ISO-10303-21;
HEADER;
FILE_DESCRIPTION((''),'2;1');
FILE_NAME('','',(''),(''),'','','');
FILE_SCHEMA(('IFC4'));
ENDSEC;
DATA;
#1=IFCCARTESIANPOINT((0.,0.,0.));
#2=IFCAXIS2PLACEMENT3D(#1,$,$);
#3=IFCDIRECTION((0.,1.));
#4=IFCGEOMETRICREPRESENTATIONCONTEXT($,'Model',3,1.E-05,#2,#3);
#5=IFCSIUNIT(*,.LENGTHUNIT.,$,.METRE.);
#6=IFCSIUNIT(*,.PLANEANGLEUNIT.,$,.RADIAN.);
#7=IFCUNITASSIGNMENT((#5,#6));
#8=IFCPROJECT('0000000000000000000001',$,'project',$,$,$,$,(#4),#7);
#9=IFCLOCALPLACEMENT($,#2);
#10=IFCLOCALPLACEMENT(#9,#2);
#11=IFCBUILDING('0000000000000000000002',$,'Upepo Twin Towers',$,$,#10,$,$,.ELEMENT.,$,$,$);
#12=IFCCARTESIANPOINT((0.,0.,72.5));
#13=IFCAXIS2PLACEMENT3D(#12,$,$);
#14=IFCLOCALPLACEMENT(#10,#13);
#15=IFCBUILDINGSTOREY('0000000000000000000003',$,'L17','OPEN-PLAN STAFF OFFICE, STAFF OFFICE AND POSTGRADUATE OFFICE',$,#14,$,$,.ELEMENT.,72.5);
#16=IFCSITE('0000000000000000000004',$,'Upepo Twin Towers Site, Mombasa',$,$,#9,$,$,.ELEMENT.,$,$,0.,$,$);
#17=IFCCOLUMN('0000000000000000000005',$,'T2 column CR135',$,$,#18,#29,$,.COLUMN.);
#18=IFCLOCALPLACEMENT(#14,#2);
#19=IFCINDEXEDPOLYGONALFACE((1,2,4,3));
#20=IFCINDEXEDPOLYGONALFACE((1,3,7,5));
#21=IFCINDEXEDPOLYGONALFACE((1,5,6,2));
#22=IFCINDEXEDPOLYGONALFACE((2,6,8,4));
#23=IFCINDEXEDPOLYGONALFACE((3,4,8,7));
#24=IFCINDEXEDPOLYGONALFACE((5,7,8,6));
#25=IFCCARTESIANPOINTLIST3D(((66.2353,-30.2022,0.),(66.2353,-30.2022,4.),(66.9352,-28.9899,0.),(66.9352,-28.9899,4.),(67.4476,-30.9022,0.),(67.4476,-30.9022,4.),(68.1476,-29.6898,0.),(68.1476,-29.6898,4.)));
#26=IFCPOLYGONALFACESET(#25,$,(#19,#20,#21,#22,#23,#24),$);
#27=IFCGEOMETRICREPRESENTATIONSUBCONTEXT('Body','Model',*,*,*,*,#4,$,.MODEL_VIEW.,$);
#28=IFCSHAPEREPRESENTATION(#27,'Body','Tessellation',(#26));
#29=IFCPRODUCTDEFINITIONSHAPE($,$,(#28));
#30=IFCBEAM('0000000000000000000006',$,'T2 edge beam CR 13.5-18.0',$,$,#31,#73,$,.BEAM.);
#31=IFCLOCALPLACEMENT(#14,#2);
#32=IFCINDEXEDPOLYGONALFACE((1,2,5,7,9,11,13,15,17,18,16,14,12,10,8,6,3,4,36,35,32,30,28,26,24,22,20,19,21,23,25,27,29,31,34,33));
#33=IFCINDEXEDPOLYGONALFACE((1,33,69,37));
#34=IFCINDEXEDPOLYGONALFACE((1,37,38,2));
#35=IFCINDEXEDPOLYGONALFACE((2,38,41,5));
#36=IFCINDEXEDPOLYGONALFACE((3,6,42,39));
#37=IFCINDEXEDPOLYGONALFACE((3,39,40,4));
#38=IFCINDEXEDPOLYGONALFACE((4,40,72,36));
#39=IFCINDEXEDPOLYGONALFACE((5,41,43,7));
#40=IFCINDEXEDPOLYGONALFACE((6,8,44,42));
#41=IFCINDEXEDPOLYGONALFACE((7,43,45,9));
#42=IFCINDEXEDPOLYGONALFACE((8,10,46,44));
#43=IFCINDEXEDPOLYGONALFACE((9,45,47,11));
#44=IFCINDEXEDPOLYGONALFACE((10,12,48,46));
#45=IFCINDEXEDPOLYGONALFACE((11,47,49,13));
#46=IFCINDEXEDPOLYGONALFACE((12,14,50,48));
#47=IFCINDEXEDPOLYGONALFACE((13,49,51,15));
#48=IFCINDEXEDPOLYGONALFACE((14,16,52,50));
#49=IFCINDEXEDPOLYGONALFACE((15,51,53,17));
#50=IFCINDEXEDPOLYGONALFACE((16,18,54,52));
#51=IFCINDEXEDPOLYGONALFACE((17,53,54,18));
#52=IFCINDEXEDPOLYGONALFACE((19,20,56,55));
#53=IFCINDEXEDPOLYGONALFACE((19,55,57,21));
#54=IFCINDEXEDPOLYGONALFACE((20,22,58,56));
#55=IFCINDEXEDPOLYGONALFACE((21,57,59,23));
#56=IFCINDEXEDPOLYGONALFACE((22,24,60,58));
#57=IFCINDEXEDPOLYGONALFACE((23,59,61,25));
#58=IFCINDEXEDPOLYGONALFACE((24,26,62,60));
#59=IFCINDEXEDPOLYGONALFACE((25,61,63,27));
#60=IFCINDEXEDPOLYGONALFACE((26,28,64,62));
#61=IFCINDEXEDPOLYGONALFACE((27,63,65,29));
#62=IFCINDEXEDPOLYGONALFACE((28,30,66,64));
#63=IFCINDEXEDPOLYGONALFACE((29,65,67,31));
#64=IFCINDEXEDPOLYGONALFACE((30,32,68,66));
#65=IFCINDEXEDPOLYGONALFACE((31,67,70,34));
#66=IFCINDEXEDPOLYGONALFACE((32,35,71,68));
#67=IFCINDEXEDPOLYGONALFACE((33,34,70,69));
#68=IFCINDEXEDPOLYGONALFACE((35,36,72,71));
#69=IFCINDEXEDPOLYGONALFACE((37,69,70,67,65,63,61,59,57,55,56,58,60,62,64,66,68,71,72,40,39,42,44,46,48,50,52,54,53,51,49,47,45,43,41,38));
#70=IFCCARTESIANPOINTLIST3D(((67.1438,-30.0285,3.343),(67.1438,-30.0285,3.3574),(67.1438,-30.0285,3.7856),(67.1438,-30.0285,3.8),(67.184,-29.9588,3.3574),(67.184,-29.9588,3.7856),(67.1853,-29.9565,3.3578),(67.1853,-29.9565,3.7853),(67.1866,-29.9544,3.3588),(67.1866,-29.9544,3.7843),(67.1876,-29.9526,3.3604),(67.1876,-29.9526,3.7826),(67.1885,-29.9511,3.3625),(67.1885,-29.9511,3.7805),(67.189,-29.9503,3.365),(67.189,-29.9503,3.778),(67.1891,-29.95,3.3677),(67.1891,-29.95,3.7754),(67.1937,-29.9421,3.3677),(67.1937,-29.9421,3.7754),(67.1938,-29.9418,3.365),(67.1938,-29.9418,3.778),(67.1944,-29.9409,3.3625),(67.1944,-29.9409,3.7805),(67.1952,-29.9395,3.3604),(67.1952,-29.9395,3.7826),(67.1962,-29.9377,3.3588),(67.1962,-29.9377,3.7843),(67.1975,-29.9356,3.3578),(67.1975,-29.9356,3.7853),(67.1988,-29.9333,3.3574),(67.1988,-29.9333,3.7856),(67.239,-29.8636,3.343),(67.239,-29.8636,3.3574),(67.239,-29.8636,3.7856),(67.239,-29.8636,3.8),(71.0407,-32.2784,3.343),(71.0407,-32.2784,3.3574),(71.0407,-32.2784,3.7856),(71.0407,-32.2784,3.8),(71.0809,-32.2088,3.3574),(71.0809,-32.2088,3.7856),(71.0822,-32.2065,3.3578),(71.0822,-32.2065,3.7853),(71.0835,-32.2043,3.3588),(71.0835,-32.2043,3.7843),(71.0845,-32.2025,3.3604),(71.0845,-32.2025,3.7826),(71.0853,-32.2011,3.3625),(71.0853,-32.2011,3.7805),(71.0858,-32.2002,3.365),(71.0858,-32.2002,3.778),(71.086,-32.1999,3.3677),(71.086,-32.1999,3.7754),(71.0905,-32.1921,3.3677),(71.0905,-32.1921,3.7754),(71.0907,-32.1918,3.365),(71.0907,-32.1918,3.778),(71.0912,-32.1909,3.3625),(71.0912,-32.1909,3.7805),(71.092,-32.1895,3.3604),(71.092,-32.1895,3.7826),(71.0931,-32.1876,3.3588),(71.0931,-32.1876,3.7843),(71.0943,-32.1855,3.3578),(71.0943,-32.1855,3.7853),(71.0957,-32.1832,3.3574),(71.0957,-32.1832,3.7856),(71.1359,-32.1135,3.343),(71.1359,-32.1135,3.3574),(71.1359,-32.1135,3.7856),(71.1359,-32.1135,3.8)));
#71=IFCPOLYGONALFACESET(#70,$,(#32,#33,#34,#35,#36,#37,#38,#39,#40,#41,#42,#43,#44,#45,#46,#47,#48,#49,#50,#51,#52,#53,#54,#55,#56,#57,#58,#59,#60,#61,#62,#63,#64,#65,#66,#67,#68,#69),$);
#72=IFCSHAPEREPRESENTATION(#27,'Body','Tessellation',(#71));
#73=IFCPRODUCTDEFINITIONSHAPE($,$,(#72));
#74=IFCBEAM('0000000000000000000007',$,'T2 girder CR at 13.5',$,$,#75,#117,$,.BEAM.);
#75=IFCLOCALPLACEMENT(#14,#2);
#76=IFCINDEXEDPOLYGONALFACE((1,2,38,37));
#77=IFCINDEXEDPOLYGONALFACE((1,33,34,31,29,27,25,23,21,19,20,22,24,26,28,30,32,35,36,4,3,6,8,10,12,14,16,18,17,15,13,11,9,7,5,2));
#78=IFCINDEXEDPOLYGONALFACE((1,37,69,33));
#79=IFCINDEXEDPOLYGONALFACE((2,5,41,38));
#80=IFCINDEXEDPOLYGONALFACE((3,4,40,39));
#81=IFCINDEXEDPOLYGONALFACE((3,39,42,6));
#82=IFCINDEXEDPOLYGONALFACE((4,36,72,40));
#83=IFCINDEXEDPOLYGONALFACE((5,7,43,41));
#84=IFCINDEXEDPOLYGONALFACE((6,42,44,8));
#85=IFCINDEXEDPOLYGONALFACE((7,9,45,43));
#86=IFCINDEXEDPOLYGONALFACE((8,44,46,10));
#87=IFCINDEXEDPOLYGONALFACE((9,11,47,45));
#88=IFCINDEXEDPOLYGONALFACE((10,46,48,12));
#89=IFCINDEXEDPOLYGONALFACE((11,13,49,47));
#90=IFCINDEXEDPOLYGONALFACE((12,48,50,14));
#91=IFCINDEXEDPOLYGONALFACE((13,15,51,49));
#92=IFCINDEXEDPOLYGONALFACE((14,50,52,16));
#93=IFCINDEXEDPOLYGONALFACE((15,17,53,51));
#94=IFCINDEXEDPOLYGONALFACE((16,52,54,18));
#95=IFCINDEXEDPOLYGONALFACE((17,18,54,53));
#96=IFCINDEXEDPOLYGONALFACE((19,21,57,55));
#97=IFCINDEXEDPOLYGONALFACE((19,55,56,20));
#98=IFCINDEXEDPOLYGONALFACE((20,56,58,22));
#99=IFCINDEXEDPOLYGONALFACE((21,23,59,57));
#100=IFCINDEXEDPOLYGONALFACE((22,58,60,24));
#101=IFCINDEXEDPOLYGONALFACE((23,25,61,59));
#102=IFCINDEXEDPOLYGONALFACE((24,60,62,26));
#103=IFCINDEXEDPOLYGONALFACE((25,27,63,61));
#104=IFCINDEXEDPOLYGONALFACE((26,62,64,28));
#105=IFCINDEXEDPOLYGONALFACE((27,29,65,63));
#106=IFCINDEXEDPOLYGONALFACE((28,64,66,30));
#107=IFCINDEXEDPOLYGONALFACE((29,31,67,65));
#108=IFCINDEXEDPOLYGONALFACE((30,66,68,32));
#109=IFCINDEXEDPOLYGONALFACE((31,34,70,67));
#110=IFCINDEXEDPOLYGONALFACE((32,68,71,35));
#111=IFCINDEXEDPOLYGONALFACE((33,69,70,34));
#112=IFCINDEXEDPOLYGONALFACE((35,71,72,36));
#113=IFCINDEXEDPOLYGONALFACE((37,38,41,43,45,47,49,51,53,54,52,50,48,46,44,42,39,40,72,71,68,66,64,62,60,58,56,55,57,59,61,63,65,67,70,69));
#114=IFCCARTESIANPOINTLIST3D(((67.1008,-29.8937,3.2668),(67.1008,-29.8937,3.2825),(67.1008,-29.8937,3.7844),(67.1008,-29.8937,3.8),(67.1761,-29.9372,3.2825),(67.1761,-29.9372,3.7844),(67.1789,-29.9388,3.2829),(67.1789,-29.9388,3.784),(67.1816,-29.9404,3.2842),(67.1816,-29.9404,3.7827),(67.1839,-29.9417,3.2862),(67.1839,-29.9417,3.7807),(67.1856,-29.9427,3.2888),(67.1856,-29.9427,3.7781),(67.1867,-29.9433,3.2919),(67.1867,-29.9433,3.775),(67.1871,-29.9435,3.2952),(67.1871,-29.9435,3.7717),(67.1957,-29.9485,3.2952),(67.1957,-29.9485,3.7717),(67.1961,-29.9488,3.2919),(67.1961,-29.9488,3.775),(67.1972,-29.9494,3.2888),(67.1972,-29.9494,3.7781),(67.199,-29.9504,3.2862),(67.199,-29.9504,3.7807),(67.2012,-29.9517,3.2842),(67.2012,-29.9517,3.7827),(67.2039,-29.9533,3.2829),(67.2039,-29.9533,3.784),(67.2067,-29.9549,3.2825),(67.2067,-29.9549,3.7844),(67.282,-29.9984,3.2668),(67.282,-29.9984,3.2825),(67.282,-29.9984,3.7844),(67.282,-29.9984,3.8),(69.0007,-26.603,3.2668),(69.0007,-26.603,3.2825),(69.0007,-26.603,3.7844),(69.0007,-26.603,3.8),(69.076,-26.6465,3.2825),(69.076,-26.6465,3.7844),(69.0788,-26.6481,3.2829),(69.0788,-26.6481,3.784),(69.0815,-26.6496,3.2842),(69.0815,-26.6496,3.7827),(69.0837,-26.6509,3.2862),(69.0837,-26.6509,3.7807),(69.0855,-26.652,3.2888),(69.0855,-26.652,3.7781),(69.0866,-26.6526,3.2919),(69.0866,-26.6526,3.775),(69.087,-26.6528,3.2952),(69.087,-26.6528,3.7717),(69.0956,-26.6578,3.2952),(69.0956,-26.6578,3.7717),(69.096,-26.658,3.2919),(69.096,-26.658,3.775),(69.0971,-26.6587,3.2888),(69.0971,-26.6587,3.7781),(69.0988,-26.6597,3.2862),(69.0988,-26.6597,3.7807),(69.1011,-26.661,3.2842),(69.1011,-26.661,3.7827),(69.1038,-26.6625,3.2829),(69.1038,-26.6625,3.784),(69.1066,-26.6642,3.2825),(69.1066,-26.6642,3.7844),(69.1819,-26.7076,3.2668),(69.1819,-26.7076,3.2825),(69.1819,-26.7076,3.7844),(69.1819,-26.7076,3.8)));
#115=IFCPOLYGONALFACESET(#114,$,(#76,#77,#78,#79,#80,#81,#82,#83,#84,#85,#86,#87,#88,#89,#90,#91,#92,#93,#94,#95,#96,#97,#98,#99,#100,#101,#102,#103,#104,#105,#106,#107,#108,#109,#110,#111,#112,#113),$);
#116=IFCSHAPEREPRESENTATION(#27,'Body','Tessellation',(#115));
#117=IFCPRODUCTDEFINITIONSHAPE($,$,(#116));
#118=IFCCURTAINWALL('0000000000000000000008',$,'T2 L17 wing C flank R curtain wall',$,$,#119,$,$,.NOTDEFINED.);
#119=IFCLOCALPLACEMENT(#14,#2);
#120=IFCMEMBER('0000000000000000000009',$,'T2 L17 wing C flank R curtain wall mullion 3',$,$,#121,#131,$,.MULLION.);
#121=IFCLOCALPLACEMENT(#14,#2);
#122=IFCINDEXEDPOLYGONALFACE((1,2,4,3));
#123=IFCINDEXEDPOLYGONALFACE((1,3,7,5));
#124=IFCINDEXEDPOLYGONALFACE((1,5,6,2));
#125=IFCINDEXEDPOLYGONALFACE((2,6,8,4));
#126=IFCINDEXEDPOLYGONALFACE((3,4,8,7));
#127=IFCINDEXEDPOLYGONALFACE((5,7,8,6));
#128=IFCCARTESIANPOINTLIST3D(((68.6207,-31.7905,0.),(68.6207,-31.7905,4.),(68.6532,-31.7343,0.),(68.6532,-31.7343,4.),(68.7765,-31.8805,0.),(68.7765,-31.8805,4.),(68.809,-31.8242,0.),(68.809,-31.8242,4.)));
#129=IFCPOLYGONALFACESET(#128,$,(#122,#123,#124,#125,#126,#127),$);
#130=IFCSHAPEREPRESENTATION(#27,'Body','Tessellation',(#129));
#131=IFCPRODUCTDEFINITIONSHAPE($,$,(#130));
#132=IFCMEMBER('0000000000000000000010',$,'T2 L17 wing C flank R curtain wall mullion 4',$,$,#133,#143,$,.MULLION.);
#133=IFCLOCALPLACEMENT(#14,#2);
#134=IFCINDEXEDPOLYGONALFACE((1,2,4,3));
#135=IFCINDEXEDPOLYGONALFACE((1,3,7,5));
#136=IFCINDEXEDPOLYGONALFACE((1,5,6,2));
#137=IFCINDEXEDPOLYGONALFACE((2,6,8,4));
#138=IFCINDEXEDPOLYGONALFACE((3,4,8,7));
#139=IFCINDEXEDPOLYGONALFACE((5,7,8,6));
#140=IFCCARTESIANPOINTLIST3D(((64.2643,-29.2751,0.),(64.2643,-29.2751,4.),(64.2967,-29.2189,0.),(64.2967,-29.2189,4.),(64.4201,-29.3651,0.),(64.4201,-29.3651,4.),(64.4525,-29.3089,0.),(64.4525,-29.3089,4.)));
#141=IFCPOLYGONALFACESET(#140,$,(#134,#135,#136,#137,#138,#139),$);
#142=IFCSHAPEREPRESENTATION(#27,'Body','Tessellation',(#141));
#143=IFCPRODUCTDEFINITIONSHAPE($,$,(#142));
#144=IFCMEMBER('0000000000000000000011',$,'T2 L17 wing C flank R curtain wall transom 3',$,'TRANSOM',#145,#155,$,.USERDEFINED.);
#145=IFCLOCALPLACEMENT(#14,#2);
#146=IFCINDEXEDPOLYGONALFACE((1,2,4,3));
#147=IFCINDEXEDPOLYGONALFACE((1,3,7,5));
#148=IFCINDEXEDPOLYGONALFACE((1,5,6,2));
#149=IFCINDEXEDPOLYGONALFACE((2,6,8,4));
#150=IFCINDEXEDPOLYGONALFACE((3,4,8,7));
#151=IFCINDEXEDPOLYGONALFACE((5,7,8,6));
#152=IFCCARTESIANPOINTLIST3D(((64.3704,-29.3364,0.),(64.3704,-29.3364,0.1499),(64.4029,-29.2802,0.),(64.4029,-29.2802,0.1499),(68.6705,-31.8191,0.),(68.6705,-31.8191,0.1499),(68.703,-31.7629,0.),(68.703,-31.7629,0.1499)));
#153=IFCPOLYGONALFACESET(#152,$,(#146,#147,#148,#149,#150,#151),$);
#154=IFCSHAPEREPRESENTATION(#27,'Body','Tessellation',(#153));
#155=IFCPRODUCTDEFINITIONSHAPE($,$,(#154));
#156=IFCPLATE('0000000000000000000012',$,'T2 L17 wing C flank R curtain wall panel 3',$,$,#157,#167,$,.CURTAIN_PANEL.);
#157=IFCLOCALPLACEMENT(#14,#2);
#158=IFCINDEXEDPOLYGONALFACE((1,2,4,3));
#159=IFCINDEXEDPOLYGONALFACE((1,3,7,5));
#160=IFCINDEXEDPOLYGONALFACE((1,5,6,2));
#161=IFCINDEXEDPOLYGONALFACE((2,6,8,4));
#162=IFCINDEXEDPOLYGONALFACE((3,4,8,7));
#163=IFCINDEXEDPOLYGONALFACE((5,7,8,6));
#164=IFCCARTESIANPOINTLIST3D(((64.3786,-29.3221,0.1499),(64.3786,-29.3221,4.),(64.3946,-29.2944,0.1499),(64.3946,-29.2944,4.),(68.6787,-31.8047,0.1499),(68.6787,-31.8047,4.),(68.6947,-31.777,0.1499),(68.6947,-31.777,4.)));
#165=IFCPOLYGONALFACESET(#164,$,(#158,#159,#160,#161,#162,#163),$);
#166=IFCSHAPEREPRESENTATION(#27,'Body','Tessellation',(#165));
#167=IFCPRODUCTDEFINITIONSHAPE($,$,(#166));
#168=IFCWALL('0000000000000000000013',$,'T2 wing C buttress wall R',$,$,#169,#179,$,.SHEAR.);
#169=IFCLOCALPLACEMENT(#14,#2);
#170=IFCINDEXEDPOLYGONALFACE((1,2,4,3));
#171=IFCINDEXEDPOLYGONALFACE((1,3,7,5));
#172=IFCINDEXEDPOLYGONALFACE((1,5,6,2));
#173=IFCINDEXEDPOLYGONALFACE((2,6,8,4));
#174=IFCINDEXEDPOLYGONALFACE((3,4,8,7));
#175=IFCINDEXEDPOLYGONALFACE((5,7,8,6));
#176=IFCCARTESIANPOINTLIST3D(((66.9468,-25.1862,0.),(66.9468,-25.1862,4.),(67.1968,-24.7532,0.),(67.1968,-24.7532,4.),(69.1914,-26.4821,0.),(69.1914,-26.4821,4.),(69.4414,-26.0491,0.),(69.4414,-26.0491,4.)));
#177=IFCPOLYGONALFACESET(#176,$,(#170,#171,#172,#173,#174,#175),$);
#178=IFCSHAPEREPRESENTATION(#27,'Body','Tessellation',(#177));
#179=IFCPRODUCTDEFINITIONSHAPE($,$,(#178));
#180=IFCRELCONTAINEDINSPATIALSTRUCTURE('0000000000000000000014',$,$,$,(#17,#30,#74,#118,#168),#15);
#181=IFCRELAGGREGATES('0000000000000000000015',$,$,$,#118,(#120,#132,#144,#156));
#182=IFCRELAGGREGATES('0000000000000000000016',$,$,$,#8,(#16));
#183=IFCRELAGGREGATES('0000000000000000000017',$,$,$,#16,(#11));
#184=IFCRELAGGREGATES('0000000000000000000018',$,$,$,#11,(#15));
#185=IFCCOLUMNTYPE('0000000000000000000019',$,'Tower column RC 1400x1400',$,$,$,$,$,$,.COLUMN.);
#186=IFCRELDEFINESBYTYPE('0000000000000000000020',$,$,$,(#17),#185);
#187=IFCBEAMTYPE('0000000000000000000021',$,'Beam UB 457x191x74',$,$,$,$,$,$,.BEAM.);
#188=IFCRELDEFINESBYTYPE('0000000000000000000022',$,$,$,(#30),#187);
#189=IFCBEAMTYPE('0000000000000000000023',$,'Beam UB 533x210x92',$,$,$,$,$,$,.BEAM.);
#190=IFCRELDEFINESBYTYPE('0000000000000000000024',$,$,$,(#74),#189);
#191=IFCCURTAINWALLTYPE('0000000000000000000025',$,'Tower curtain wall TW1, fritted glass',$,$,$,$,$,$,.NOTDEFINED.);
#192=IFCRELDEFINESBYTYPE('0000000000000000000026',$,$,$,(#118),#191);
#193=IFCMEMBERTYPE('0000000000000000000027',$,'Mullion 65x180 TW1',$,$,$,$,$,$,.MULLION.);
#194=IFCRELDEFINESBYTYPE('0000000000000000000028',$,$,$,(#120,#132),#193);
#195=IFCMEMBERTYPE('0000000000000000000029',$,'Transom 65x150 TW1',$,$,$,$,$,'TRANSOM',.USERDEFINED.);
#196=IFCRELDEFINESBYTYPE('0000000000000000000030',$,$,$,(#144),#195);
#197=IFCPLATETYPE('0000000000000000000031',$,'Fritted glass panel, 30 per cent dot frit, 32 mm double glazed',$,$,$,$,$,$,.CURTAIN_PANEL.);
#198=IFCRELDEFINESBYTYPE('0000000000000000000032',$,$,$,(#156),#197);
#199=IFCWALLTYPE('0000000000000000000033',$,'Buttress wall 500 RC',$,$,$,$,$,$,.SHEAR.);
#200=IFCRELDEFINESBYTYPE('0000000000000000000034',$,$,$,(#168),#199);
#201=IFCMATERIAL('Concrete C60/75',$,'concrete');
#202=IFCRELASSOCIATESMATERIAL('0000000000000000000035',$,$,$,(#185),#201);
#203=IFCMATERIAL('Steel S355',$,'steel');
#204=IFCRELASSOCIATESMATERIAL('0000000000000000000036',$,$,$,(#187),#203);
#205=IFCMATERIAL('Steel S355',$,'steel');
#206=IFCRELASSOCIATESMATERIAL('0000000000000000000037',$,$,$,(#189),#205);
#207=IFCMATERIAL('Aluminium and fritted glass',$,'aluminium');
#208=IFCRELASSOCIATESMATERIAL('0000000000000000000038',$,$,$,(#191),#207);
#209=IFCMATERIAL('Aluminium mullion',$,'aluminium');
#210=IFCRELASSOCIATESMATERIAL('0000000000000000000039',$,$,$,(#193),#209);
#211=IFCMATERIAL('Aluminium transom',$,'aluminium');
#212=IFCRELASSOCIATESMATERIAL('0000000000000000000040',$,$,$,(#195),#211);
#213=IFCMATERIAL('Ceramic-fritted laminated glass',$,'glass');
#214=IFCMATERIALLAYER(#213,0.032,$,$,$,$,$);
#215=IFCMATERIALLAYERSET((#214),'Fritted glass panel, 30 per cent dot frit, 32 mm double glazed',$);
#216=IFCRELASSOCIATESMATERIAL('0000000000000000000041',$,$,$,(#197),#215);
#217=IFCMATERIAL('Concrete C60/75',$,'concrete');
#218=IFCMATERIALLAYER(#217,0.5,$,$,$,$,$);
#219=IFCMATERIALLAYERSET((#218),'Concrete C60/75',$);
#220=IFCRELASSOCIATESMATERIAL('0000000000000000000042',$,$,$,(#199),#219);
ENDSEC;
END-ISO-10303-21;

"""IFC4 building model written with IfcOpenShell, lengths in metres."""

from ifc_helpers import new_model, si_unit, direction, frame, frame_2d, origin, origin_2d, place, context, subcontext, project, spatial, rectangle, i_section, extrude, material, layer, layer_set, material_profile, profile_set, type_object, element, aggregate, save


model = new_model("IFC4")

# Units and contexts
model_context = context("Model", 3, precision=1e-05, world=origin(), true_north=direction((0.0, 1.0)))
body_context = subcontext(model_context, "Body", "Model", "MODEL_VIEW")
ifc_project = project(units=[si_unit("LENGTHUNIT", "METRE"), si_unit("PLANEANGLEUNIT", "RADIAN")], contexts=[model_context])

# Site, building, storey
site_placement = place(None, origin())
site = spatial("IfcSite", under=ifc_project, at=site_placement, Name="Upepo Twin Towers Site, Mombasa", CompositionType="ELEMENT", RefElevation=0.0)
building_placement = place(site_placement, origin())
building = spatial("IfcBuilding", under=site, at=building_placement, Name="Upepo Twin Towers", CompositionType="ELEMENT")
storey_placement = place(building_placement, frame((0.0, 0.0, 72.5)))
storey = spatial("IfcBuildingStorey", under=building, at=storey_placement, Name="L17", Description="OPEN-PLAN STAFF OFFICE, STAFF OFFICE AND POSTGRADUATE OFFICE", CompositionType="ELEMENT", Elevation=72.5)

# Column
ifc_material_1 = material(Name="Concrete C60/75", Category="concrete")
ifc_material_profile_1 = material_profile(ifc_material_1, rectangle(XDim=1.3999, YDim=1.3999, at=origin_2d()), Name="RC 1400x1400")
ifc_profile_set_1 = profile_set([ifc_material_profile_1], Name="Concrete C60/75")
column_type = type_object("IfcColumnType", Name="Tower column RC 1400x1400", PredefinedType="COLUMN", material=ifc_profile_set_1)
column_placement = place(storey_placement, frame((67.1914, -29.946, 0.0), z_axis=(0.0, 0.0, 1.0), x_axis=(0.5, 0.866025, 0.0)))
element("IfcColumn", 1, at=column_placement, inside=storey, type_object=column_type, Name="T2 column CR135", PredefinedType="COLUMN", context=body_context, shape_type="SweptSolid", body=[
    extrude(rectangle(XDim=1.3999, YDim=1.3999, at=origin_2d()), origin(), (0.0, 0.0, 1.0), 4.0),
])

# Beams
ifc_material_2 = material(Name="Steel S355", Category="steel")
ifc_material_profile_2 = material_profile(ifc_material_2, i_section(OverallWidth=0.1904, OverallDepth=0.457, WebThickness=0.009, FlangeThickness=0.0144, FilletRadius=0.0103, at=origin_2d()), Name="UB 457x191x74")
ifc_profile_set_2 = profile_set([ifc_material_profile_2], Name="Steel S355")
beam_type_1 = type_object("IfcBeamType", Name="Beam UB 457x191x74", PredefinedType="BEAM", material=ifc_profile_set_2)
beam_1_placement = place(storey_placement, frame((67.1914, -29.946, 3.5715), z_axis=(0.866018, -0.500014, 0.0), x_axis=(0.500014, 0.866018, 0.0)))
element("IfcBeam", 2, at=beam_1_placement, inside=storey, type_object=beam_type_1, Name="T2 edge beam CR 13.5-18.0", PredefinedType="BEAM", context=body_context, shape_type="SweptSolid", body=[
    extrude(i_section(OverallWidth=0.1904, OverallDepth=0.457, WebThickness=0.009, FlangeThickness=0.0144, FilletRadius=0.0103, at=origin_2d()), origin(), (0.0, 0.0, 1.0), 4.4998),
])
ifc_material_3 = material(Name="Steel S355", Category="steel")
ifc_material_profile_3 = material_profile(ifc_material_3, i_section(OverallWidth=0.2092, OverallDepth=0.5332, WebThickness=0.01, FlangeThickness=0.0156, FilletRadius=0.0127, at=origin_2d()), Name="UB 533x210x92")
ifc_profile_set_3 = profile_set([ifc_material_profile_3], Name="Steel S355")
beam_type_2 = type_object("IfcBeamType", Name="Beam UB 533x210x92", PredefinedType="BEAM", material=ifc_profile_set_3)
beam_2_placement = place(storey_placement, frame((67.1914, -29.946, 3.5334), z_axis=(0.499995, 0.866028, 0.0), x_axis=(-0.866028, 0.499995, 0.0)))
element("IfcBeam", 3, at=beam_2_placement, inside=storey, type_object=beam_type_2, Name="T2 girder CR at 13.5", PredefinedType="BEAM", context=body_context, shape_type="SweptSolid", body=[
    extrude(i_section(OverallWidth=0.2092, OverallDepth=0.5332, WebThickness=0.01, FlangeThickness=0.0156, FilletRadius=0.0127, at=origin_2d()), origin(), (0.0, 0.0, 1.0), 3.7998),
])

# Curtain wall, members, plate
ifc_material_4 = material(Name="Aluminium and fritted glass", Category="aluminium")
curtain_wall_type = type_object("IfcCurtainWallType", Name="Tower curtain wall TW1, fritted glass", PredefinedType="NOTDEFINED", material=ifc_material_4)
curtain_wall_placement = place(storey_placement, origin())
curtain_wall = element("IfcCurtainWall", 4, at=curtain_wall_placement, inside=storey, type_object=curtain_wall_type, Name="T2 L17 wing C flank R curtain wall", PredefinedType="NOTDEFINED")
ifc_material_5 = material(Name="Aluminium mullion", Category="aluminium")
ifc_material_profile_4 = material_profile(ifc_material_5, rectangle(XDim=0.0649, YDim=0.1799, at=origin_2d()), Name="MULLION 65x180")
ifc_profile_set_4 = profile_set([ifc_material_profile_4], Name="Aluminium mullion")
member_type_1 = type_object("IfcMemberType", Name="Mullion 65x180 TW1", PredefinedType="MULLION", material=ifc_profile_set_4)
member_1_placement = place(storey_placement, frame((68.7148, -31.8074, 0.0), z_axis=(0.0, 0.0, 1.0), x_axis=(-0.5, -0.866025, 0.0)))
member_1 = element("IfcMember", 5, at=member_1_placement, type_object=member_type_1, Name="T2 L17 wing C flank R curtain wall mullion 3", PredefinedType="MULLION", context=body_context, shape_type="SweptSolid", body=[
    extrude(rectangle(XDim=0.0649, YDim=0.1799, at=origin_2d()), origin(), (0.0, 0.0, 1.0), 4.0),
])
member_2_placement = place(storey_placement, frame((64.3584, -29.292, 0.0), z_axis=(0.0, 0.0, 1.0), x_axis=(-0.5, -0.866025, 0.0)))
member_2 = element("IfcMember", 6, at=member_2_placement, type_object=member_type_1, Name="T2 L17 wing C flank R curtain wall mullion 4", PredefinedType="MULLION", context=body_context, shape_type="SweptSolid", body=[
    extrude(rectangle(XDim=0.0649, YDim=0.1799, at=origin_2d()), origin(), (0.0, 0.0, 1.0), 4.0),
])
ifc_material_6 = material(Name="Aluminium transom", Category="aluminium")
ifc_material_profile_5 = material_profile(ifc_material_6, rectangle(XDim=0.0649, YDim=0.1499, at=origin_2d()), Name="TRANSOM 65x150")
ifc_profile_set_5 = profile_set([ifc_material_profile_5], Name="Aluminium transom")
member_type_2 = type_object("IfcMemberType", Name="Transom 65x150 TW1", ElementType="TRANSOM", PredefinedType="USERDEFINED", material=ifc_profile_set_5)
member_3_placement = place(storey_placement, frame((68.6868, -31.791, 0.075), z_axis=(-0.866023, 0.500005, 0.0), x_axis=(-0.500005, -0.866023, 0.0)))
member_3 = element("IfcMember", 7, at=member_3_placement, type_object=member_type_2, Name="T2 L17 wing C flank R curtain wall transom 3", ObjectType="TRANSOM", PredefinedType="USERDEFINED", context=body_context, shape_type="SweptSolid", body=[
    extrude(rectangle(XDim=0.0649, YDim=0.1499, at=origin_2d()), origin(), (0.0, 0.0, 1.0), 4.9653),
])
ifc_material_7 = material(Name="Ceramic-fritted laminated glass", Category="glass")
ifc_layer_1 = layer(ifc_material_7, 0.032)
ifc_layer_set_1 = layer_set([ifc_layer_1], Name="Fritted glass panel, 30 per cent dot frit, 32 mm double glazed")
plate_type = type_object("IfcPlateType", Name="Fritted glass panel, 30 per cent dot frit, 32 mm double glazed", PredefinedType="CURTAIN_PANEL", material=ifc_layer_set_1)
plate_placement = place(storey_placement, frame((66.5366, -30.5496, 0.1499), z_axis=(0.0, 0.0, 1.0), x_axis=(-0.866025, 0.5, 0.0)))
plate = element("IfcPlate", 8, at=plate_placement, type_object=plate_type, Name="T2 L17 wing C flank R curtain wall panel 3", PredefinedType="CURTAIN_PANEL", context=body_context, shape_type="SweptSolid", body=[
    extrude(rectangle(XDim=4.9653, YDim=0.032, at=origin_2d()), origin(), (0.0, 0.0, 1.0), 3.8501),
])
aggregate(curtain_wall, [member_1, member_2, member_3, plate])

# Wall
ifc_material_8 = material(Name="Concrete C60/75", Category="concrete")
ifc_layer_2 = layer(ifc_material_8, 0.5)
ifc_layer_set_2 = layer_set([ifc_layer_2], Name="Concrete C60/75")
wall_type_1 = type_object("IfcWallType", Name="Buttress wall 500 RC", PredefinedType="SHEAR", material=ifc_layer_set_2)
wall_1_placement = place(storey_placement, frame((67.0718, -24.9697, 0.0), z_axis=(0.0, 0.0, 1.0), x_axis=(0.866032, -0.499989, 0.0)))
element("IfcWall", 9, at=wall_1_placement, inside=storey, type_object=wall_type_1, Name="T2 wing C buttress wall R", PredefinedType="SHEAR", context=body_context, shape_type="SweptSolid", body=[
    extrude(rectangle(XDim=2.5918, YDim=0.5, at=frame_2d((1.2959, 0.0))), origin(), (0.0, 0.0, 1.0), 4.0),
])

save(model, "model.ifc")
